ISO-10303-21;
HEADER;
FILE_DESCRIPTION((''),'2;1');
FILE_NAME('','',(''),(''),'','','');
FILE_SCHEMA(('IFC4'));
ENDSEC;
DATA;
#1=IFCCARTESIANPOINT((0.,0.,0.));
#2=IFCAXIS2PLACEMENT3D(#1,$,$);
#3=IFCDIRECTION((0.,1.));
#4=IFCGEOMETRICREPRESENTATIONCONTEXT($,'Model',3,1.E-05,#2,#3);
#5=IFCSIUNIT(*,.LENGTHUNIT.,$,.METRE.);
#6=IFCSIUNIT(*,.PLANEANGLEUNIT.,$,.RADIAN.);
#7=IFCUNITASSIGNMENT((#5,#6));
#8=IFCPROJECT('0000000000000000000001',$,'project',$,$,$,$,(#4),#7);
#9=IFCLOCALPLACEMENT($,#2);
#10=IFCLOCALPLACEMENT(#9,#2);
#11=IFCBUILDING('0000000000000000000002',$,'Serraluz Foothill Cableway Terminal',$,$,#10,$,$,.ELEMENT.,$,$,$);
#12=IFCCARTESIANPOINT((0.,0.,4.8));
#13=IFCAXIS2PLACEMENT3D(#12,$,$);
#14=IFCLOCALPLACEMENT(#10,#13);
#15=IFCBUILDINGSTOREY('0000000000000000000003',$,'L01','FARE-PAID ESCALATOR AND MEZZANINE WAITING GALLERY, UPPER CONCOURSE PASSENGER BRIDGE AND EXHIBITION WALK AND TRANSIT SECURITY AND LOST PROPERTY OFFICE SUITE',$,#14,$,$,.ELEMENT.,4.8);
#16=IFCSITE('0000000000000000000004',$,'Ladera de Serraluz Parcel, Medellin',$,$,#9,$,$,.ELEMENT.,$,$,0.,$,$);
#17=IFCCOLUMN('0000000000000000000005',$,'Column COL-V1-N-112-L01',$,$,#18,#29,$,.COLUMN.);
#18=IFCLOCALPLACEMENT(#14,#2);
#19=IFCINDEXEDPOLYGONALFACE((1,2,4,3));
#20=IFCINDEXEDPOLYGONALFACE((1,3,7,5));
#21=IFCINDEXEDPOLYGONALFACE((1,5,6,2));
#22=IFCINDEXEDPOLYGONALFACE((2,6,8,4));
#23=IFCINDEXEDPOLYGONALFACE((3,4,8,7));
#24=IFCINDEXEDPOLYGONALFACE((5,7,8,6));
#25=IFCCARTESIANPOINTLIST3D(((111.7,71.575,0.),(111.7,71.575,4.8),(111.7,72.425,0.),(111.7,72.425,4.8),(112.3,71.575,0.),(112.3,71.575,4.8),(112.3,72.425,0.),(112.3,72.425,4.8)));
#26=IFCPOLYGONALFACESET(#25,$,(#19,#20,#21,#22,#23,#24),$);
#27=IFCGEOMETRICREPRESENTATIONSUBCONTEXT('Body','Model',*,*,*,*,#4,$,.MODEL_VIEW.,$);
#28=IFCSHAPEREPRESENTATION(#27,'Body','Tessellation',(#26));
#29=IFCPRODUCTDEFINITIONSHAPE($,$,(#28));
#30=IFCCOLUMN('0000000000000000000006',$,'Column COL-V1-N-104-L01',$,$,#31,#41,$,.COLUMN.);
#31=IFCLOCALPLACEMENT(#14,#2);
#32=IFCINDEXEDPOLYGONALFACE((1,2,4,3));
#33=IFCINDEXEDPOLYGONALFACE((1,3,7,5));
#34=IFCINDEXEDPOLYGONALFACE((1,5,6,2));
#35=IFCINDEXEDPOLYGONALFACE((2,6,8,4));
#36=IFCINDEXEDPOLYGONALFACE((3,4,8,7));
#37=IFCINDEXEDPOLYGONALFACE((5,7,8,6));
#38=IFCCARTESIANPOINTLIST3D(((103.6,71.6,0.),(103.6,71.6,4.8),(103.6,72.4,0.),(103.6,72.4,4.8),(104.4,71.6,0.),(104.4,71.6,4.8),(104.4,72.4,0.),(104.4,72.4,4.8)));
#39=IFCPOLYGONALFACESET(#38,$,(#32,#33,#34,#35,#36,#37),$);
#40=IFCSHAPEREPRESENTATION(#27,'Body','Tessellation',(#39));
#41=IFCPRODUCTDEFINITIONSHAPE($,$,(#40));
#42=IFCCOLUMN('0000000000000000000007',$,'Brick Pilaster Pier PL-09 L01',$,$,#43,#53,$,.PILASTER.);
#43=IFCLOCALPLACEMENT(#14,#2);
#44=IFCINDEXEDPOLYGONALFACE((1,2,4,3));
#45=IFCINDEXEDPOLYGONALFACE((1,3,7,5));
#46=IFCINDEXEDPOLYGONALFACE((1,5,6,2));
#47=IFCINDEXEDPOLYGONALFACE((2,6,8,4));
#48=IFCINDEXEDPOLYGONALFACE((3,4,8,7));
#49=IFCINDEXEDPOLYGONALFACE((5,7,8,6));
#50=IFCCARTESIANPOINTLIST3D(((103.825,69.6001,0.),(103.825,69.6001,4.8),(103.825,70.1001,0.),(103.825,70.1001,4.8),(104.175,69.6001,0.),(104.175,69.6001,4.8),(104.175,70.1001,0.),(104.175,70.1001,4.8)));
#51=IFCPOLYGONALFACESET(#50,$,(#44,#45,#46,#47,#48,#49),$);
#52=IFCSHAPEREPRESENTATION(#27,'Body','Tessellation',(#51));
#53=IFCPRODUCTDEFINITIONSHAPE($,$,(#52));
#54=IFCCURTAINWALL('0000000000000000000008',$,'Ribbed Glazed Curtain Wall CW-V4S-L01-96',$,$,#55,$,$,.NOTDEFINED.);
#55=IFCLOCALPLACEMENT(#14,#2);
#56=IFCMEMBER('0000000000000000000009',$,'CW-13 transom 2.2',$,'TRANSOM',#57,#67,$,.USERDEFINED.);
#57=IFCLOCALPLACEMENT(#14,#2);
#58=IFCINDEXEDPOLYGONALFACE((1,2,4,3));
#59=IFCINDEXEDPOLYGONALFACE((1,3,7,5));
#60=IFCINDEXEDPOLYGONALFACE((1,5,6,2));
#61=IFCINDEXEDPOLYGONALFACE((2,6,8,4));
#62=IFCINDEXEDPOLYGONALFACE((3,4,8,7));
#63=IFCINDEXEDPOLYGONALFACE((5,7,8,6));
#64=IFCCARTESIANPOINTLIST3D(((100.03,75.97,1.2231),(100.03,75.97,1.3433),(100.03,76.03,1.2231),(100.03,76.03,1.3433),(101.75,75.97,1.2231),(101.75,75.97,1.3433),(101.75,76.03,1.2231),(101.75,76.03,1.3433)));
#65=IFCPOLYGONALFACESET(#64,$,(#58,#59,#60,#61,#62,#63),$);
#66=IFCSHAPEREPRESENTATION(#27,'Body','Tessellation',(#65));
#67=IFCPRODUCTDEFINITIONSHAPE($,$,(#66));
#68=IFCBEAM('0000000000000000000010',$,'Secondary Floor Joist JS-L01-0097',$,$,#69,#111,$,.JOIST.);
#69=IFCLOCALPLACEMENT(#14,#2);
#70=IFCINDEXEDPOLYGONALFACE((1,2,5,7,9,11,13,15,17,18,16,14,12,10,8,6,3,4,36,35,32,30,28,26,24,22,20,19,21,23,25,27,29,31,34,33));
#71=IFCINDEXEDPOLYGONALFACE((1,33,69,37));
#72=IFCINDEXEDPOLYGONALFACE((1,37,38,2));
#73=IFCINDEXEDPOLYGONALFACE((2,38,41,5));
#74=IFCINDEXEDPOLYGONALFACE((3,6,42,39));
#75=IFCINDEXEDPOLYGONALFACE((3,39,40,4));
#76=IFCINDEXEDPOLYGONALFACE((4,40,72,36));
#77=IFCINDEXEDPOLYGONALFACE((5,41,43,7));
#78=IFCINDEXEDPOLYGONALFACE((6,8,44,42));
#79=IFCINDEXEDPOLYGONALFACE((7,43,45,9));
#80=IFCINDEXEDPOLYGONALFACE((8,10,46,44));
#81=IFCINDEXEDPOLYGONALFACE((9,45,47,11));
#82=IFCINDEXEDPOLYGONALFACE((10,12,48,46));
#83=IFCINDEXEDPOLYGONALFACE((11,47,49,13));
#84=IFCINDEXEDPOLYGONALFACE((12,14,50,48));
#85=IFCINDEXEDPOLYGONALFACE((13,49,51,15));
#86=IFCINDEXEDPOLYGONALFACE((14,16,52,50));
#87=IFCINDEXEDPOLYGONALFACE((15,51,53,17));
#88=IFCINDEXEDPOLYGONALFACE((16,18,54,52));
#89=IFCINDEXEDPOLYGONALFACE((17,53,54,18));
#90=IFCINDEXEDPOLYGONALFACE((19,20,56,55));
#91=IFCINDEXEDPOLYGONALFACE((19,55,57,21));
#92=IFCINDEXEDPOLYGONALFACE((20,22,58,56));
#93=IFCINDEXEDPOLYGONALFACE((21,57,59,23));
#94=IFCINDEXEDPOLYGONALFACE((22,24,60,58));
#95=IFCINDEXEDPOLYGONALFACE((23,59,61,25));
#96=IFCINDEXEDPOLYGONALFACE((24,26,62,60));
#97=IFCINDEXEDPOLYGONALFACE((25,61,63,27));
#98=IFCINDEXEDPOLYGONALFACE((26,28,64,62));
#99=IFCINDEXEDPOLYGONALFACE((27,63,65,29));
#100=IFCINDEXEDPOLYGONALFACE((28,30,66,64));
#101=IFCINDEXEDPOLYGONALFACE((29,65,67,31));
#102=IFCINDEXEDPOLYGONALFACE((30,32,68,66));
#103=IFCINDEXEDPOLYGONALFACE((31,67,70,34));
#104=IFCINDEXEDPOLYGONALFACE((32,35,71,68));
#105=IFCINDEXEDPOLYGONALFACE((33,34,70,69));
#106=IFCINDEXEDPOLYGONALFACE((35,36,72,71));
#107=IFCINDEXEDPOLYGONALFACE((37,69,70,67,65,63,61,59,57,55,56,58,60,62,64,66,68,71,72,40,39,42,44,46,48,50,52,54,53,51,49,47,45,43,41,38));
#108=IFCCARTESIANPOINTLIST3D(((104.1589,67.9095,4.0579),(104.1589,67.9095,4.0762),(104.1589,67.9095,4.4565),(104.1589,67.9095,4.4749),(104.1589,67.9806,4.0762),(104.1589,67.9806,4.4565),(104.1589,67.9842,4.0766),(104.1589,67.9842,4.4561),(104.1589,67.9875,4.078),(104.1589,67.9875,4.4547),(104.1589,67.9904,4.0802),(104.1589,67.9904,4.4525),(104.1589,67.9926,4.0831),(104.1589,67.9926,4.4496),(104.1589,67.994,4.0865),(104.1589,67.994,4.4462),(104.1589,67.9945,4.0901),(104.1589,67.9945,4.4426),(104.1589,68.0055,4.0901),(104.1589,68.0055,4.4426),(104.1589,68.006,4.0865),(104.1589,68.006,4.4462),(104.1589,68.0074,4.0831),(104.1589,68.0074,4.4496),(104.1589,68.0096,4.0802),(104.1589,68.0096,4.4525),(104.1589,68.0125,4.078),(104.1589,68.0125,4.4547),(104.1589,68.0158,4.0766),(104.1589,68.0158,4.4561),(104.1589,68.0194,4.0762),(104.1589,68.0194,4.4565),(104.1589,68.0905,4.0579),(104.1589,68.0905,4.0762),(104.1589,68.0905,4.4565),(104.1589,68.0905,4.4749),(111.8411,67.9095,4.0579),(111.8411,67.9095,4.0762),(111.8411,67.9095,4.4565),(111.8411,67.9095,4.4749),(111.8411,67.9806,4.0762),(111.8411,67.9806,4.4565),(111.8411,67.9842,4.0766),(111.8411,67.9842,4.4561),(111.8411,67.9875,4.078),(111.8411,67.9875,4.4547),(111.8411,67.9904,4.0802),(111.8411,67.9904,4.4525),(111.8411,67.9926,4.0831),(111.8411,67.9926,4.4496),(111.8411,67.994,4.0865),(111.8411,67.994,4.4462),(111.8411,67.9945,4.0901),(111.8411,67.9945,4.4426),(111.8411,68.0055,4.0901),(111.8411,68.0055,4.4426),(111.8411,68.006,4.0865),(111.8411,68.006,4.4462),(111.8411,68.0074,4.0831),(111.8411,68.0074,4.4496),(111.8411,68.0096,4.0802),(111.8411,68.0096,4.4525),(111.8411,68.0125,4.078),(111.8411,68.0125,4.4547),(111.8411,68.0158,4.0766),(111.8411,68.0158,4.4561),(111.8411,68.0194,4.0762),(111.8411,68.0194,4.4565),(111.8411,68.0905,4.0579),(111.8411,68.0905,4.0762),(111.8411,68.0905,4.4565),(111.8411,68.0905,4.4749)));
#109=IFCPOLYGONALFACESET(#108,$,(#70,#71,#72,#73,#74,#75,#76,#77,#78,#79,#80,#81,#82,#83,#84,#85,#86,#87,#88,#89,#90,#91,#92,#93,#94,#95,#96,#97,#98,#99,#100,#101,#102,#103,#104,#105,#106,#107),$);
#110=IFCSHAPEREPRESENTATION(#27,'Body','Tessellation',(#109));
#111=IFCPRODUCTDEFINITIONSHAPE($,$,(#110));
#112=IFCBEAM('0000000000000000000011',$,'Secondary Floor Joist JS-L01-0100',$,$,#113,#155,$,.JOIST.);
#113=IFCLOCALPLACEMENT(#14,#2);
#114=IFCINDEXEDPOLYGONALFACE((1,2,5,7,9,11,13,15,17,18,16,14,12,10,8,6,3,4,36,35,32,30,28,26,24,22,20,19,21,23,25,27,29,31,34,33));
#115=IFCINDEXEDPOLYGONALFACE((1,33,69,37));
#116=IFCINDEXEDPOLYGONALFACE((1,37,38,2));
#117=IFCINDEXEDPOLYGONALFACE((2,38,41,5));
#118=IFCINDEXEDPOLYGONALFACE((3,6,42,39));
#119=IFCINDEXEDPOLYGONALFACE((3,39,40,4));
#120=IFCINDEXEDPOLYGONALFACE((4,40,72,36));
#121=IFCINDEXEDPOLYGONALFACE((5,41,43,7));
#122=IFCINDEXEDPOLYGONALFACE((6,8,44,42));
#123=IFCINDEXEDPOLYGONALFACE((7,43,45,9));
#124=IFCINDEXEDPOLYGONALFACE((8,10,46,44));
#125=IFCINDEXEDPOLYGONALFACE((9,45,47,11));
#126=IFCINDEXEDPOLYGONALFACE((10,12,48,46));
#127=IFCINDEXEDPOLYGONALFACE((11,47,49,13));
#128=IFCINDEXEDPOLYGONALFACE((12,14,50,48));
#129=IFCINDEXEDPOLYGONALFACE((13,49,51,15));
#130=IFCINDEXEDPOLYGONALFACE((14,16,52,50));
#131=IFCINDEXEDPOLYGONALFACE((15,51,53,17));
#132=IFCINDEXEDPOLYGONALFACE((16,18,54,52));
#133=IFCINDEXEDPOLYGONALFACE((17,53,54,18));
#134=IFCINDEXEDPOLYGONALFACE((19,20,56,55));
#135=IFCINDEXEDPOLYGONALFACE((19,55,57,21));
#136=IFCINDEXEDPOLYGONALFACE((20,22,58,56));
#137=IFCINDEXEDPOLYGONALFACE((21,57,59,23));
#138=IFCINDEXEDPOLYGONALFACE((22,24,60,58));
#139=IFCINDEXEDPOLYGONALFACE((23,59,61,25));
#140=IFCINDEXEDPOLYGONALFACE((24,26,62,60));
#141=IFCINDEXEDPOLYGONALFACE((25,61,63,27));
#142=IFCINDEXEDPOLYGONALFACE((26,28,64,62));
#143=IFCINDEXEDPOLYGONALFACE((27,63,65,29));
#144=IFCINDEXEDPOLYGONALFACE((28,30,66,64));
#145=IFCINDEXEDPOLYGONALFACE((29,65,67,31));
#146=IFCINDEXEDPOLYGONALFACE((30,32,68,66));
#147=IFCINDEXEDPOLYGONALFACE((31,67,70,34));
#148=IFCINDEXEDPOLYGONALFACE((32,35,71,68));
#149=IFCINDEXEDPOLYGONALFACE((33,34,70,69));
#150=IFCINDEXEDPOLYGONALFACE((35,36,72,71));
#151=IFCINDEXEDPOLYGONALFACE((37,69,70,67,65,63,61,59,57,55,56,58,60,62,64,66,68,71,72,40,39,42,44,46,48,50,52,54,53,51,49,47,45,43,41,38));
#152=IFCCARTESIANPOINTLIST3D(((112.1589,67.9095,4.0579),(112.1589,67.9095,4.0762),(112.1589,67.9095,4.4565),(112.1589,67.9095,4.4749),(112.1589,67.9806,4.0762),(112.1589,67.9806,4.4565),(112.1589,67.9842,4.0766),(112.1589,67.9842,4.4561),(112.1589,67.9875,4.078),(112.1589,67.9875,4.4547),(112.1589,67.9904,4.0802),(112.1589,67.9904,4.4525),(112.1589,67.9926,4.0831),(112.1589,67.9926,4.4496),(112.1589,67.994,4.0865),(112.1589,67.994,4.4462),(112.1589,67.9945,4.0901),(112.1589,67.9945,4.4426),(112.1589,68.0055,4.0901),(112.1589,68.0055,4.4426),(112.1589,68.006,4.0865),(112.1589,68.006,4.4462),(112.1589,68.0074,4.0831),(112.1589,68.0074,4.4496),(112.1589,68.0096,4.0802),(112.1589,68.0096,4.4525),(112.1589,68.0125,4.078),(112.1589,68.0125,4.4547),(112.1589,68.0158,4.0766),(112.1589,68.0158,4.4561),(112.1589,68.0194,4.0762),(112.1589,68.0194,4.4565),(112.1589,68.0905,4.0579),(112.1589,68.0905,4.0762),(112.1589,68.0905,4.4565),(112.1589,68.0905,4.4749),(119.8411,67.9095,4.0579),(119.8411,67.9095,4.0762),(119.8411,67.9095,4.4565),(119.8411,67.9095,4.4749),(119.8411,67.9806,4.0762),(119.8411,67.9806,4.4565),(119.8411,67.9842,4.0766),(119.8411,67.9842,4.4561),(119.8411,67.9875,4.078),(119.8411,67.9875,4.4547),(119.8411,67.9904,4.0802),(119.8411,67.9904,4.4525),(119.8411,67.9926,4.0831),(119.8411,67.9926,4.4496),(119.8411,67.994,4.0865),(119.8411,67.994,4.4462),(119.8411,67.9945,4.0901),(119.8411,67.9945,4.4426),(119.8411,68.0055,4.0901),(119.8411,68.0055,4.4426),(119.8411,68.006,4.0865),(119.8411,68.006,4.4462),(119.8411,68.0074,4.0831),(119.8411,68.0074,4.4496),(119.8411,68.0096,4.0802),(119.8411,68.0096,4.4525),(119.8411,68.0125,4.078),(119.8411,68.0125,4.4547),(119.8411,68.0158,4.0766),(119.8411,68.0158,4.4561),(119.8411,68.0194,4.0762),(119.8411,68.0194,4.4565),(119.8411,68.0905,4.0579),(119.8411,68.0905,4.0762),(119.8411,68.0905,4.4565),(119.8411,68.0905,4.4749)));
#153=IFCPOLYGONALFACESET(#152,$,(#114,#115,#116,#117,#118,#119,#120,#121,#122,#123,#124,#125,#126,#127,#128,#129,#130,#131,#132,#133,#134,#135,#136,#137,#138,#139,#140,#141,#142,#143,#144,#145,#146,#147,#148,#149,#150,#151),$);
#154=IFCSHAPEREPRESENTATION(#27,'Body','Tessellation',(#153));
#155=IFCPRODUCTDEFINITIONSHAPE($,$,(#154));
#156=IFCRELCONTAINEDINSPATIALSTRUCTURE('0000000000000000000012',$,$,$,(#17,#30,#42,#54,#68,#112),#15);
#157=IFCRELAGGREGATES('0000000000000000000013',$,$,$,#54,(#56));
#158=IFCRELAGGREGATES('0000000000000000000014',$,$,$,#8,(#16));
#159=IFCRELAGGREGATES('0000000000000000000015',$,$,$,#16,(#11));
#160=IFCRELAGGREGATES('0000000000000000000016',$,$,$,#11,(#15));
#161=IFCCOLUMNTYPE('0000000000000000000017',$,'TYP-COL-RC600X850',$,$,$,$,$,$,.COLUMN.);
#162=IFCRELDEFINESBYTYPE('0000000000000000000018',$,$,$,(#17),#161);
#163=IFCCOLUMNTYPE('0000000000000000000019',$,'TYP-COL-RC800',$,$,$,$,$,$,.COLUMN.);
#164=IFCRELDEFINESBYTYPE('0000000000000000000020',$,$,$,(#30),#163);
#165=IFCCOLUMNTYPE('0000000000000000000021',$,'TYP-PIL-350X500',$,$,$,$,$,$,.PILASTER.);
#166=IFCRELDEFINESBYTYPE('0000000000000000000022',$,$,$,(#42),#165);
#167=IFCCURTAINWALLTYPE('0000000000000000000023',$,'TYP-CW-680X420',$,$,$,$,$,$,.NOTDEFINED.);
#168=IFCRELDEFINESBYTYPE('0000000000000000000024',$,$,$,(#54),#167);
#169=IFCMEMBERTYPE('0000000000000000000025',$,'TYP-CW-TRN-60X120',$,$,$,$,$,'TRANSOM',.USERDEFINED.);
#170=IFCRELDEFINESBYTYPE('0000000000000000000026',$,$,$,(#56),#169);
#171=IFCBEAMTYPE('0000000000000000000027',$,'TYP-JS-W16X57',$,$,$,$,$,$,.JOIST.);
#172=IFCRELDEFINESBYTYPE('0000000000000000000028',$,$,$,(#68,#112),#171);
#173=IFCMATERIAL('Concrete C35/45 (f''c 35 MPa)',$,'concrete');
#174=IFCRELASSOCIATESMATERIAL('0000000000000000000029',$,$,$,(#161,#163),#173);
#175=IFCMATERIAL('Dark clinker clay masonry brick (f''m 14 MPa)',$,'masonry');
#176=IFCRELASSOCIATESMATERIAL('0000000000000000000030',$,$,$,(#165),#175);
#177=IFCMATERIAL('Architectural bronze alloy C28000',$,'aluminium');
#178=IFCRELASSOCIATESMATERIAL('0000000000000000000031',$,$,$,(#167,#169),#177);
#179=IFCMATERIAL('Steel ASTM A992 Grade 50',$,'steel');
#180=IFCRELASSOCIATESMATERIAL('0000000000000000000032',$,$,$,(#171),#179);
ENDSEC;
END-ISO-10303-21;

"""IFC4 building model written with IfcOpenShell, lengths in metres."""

from ifc_helpers import new_model, si_unit, direction, frame, origin, origin_2d, place, context, subcontext, project, spatial, rectangle, i_section, extrude, material, material_profile, profile_set, type_object, element, aggregate, save


model = new_model("IFC4")

# Units and contexts
model_context = context("Model", 3, precision=1e-05, world=origin(), true_north=direction((0.0, 1.0)))
body_context = subcontext(model_context, "Body", "Model", "MODEL_VIEW")
ifc_project = project(units=[si_unit("LENGTHUNIT", "METRE"), si_unit("PLANEANGLEUNIT", "RADIAN")], contexts=[model_context])

# Site, building, storey
site_placement = place(None, origin())
site = spatial("IfcSite", under=ifc_project, at=site_placement, Name="Ladera de Serraluz Parcel, Medellin", CompositionType="ELEMENT", RefElevation=0.0)
building_placement = place(site_placement, origin())
building = spatial("IfcBuilding", under=site, at=building_placement, Name="Serraluz Foothill Cableway Terminal", CompositionType="ELEMENT")
storey_placement = place(building_placement, frame((0.0, 0.0, 4.8)))
storey = spatial("IfcBuildingStorey", under=building, at=storey_placement, Name="L01", Description="FARE-PAID ESCALATOR AND MEZZANINE WAITING GALLERY, UPPER CONCOURSE PASSENGER BRIDGE AND EXHIBITION WALK AND TRANSIT SECURITY AND LOST PROPERTY OFFICE SUITE", CompositionType="ELEMENT", Elevation=4.8)

# Columns
ifc_material_1 = material(Name="Concrete C35/45 (f'c 35 MPa)", Category="concrete")
ifc_material_profile_1 = material_profile(ifc_material_1, rectangle(XDim=0.6001, YDim=0.8501, at=origin_2d()), Name="RC 600x850")
ifc_profile_set_1 = profile_set([ifc_material_profile_1], Name="Concrete C35/45 (f'c 35 MPa)")
column_type_1 = type_object("IfcColumnType", Name="TYP-COL-RC600X850", PredefinedType="COLUMN", material=ifc_profile_set_1)
column_1_placement = place(storey_placement, frame((112.0, 72.0, 0.0), z_axis=(0.0, 0.0, 1.0), x_axis=(1.0, 0.0, 0.0)))
element("IfcColumn", 1, at=column_1_placement, inside=storey, type_object=column_type_1, Name="Column COL-V1-N-112-L01", PredefinedType="COLUMN", context=body_context, shape_type="SweptSolid", body=[
    extrude(rectangle(XDim=0.6001, YDim=0.8501, at=origin_2d()), origin(), (0.0, 0.0, 1.0), 4.8),
])
ifc_material_profile_2 = material_profile(ifc_material_1, rectangle(XDim=0.8, YDim=0.8, at=origin_2d()), Name="RC 800x800")
ifc_profile_set_2 = profile_set([ifc_material_profile_2], Name="Concrete C35/45 (f'c 35 MPa)")
column_type_2 = type_object("IfcColumnType", Name="TYP-COL-RC800", PredefinedType="COLUMN", material=ifc_profile_set_2)
column_2_placement = place(storey_placement, frame((104.0, 72.0, 0.0), z_axis=(0.0, 0.0, 1.0), x_axis=(1.0, 0.0, 0.0)))
element("IfcColumn", 2, at=column_2_placement, inside=storey, type_object=column_type_2, Name="Column COL-V1-N-104-L01", PredefinedType="COLUMN", context=body_context, shape_type="SweptSolid", body=[
    extrude(rectangle(XDim=0.8, YDim=0.8, at=origin_2d()), origin(), (0.0, 0.0, 1.0), 4.8),
])
ifc_material_2 = material(Name="Dark clinker clay masonry brick (f'm 14 MPa)", Category="masonry")
ifc_material_profile_3 = material_profile(ifc_material_2, rectangle(XDim=0.3501, YDim=0.5, at=origin_2d()), Name="PIL 350x500")
ifc_profile_set_3 = profile_set([ifc_material_profile_3], Name="Dark clinker clay masonry brick (f'm 14 MPa)")
column_type_3 = type_object("IfcColumnType", Name="TYP-PIL-350X500", PredefinedType="PILASTER", material=ifc_profile_set_3)
column_3_placement = place(storey_placement, frame((104.0, 69.8501, 0.0), z_axis=(0.0, 0.0, 1.0), x_axis=(1.0, 0.0, 0.0)))
element("IfcColumn", 3, at=column_3_placement, inside=storey, type_object=column_type_3, Name="Brick Pilaster Pier PL-09 L01", PredefinedType="PILASTER", context=body_context, shape_type="SweptSolid", body=[
    extrude(rectangle(XDim=0.3501, YDim=0.5, at=origin_2d()), origin(), (0.0, 0.0, 1.0), 4.8),
])

# Curtain wall, member
ifc_material_3 = material(Name="Architectural bronze alloy C28000", Category="aluminium")
curtain_wall_type = type_object("IfcCurtainWallType", Name="TYP-CW-680X420", PredefinedType="NOTDEFINED", material=ifc_material_3)
curtain_wall_placement = place(storey_placement, origin())
curtain_wall = element("IfcCurtainWall", 4, at=curtain_wall_placement, inside=storey, type_object=curtain_wall_type, Name="Ribbed Glazed Curtain Wall CW-V4S-L01-96", PredefinedType="NOTDEFINED")
ifc_material_profile_4 = material_profile(ifc_material_3, rectangle(XDim=0.0601, YDim=0.1201, at=origin_2d()), Name="ALU TRANSOM 60x120")
ifc_profile_set_4 = profile_set([ifc_material_profile_4], Name="Architectural bronze alloy C28000")
member_type = type_object("IfcMemberType", Name="TYP-CW-TRN-60X120", ElementType="TRANSOM", PredefinedType="USERDEFINED", material=ifc_profile_set_4)
member_placement = place(storey_placement, frame((101.75, 76.0, 1.2832), z_axis=(-1.0, 0.0, 0.0), x_axis=(0.0, -1.0, 0.0)))
member = element("IfcMember", 5, at=member_placement, type_object=member_type, Name="CW-13 transom 2.2", ObjectType="TRANSOM", PredefinedType="USERDEFINED", context=body_context, shape_type="SweptSolid", body=[
    extrude(rectangle(XDim=0.0601, YDim=0.1201, at=origin_2d()), origin(), (0.0, 0.0, 1.0), 1.72),
])
aggregate(curtain_wall, [member])

# Beams
ifc_material_4 = material(Name="Steel ASTM A992 Grade 50", Category="steel")
ifc_material_profile_5 = material_profile(ifc_material_4, i_section(OverallWidth=0.1809, OverallDepth=0.417, WebThickness=0.011, FlangeThickness=0.0183, FilletRadius=0.0139, at=origin_2d()), Name="W16X57")
ifc_profile_set_5 = profile_set([ifc_material_profile_5], Name="Steel ASTM A992 Grade 50")
beam_type_1 = type_object("IfcBeamType", Name="TYP-JS-W16X57", PredefinedType="JOIST", material=ifc_profile_set_5)
for number, where, z_axis, x_axis, name in (
    (6, (104.1589, 68.0, 4.2664), (1.0, 0.0, 0.0), (0.0, 1.0, 0.0), "Secondary Floor Joist JS-L01-0097"),
    (7, (112.1589, 68.0, 4.2664), (1.0, 0.0, 0.0), (0.0, 1.0, 0.0), "Secondary Floor Joist JS-L01-0100"),
):
    element("IfcBeam", number, at=place(storey_placement, frame(where, z_axis=z_axis, x_axis=x_axis)), inside=storey, type_object=beam_type_1, Name=name, PredefinedType="JOIST", context=body_context, shape_type="SweptSolid", body=[
        extrude(i_section(OverallWidth=0.1809, OverallDepth=0.417, WebThickness=0.011, FlangeThickness=0.0183, FilletRadius=0.0139, at=origin_2d()), origin(), (0.0, 0.0, 1.0), 7.6821),
    ])

save(model, "model.ifc")
